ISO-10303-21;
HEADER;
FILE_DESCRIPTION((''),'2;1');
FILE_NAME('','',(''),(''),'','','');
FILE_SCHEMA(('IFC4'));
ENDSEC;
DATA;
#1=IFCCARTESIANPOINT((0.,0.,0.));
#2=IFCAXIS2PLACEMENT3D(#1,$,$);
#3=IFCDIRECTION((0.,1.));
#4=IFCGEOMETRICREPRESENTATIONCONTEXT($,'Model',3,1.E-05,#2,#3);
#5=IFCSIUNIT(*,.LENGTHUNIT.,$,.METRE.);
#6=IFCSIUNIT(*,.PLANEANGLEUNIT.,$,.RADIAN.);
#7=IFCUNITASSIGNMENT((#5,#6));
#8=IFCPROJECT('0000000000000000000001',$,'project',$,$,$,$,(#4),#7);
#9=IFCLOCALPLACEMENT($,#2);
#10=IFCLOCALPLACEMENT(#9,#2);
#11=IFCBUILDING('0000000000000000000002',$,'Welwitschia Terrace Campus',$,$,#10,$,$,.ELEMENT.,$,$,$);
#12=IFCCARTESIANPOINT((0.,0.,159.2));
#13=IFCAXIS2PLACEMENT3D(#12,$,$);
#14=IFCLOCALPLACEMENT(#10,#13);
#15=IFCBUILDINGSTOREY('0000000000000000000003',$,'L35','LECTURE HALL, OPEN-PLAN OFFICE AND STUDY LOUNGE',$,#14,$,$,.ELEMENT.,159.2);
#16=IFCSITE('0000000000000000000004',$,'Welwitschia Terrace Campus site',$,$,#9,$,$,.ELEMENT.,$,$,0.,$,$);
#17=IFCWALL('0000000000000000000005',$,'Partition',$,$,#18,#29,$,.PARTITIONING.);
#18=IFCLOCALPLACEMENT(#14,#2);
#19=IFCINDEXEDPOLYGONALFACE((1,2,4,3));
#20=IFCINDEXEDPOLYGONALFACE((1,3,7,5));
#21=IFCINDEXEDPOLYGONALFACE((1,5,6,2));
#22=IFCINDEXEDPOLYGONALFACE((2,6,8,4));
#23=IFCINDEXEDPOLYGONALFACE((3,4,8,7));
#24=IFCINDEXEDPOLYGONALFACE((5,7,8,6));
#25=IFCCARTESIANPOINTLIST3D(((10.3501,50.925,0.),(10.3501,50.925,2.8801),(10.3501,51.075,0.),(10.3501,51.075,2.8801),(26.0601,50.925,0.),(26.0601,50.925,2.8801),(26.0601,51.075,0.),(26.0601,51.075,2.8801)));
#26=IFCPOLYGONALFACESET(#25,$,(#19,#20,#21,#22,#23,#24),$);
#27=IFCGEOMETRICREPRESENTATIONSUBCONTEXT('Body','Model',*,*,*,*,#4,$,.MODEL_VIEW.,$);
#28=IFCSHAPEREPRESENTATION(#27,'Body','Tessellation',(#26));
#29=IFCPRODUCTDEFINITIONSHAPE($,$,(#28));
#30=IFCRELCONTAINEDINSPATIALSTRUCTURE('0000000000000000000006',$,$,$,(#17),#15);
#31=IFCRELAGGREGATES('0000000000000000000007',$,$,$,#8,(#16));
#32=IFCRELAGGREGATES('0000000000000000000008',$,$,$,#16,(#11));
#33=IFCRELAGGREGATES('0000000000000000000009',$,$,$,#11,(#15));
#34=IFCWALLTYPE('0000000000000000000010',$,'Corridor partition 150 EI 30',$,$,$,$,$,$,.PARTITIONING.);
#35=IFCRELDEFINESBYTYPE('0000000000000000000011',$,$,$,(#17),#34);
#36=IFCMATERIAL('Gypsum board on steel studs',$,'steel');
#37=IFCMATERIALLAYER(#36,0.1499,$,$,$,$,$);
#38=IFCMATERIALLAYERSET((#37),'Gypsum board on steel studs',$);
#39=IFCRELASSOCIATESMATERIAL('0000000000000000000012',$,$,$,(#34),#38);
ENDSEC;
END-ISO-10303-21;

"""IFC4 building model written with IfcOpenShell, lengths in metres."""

from ifc_helpers import new_model, si_unit, direction, frame, frame_2d, origin, place, context, subcontext, project, spatial, rectangle, extrude, material, layer, layer_set, type_object, element, save


model = new_model("IFC4")

# Units and contexts
model_context = context("Model", 3, precision=1e-05, world=origin(), true_north=direction((0.0, 1.0)))
body_context = subcontext(model_context, "Body", "Model", "MODEL_VIEW")
ifc_project = project(units=[si_unit("LENGTHUNIT", "METRE"), si_unit("PLANEANGLEUNIT", "RADIAN")], contexts=[model_context])

# Site, building, storey
site_placement = place(None, origin())
site = spatial("IfcSite", under=ifc_project, at=site_placement, Name="Welwitschia Terrace Campus site", CompositionType="ELEMENT", RefElevation=0.0)
building_placement = place(site_placement, origin())
building = spatial("IfcBuilding", under=site, at=building_placement, Name="Welwitschia Terrace Campus", CompositionType="ELEMENT")
storey_placement = place(building_placement, frame((0.0, 0.0, 159.2)))
storey = spatial("IfcBuildingStorey", under=building, at=storey_placement, Name="L35", Description="LECTURE HALL, OPEN-PLAN OFFICE AND STUDY LOUNGE", CompositionType="ELEMENT", Elevation=159.2)

# Wall
ifc_material_1 = material(Name="Gypsum board on steel studs", Category="steel")
ifc_layer_1 = layer(ifc_material_1, 0.1499)
ifc_layer_set_1 = layer_set([ifc_layer_1], Name="Gypsum board on steel studs")
wall_type = type_object("IfcWallType", Name="Corridor partition 150 EI 30", PredefinedType="PARTITIONING", material=ifc_layer_set_1)
wall_placement = place(storey_placement, frame((10.3501, 51.0, 0.0), z_axis=(0.0, 0.0, 1.0), x_axis=(1.0, 0.0, 0.0)))
element("IfcWall", 1, at=wall_placement, inside=storey, type_object=wall_type, Name="Partition", PredefinedType="PARTITIONING", context=body_context, shape_type="SweptSolid", body=[
    extrude(rectangle(XDim=15.71, YDim=0.1499, at=frame_2d((7.855, 0.0))), origin(), (0.0, 0.0, 1.0), 2.8801),
])

save(model, "model.ifc")
